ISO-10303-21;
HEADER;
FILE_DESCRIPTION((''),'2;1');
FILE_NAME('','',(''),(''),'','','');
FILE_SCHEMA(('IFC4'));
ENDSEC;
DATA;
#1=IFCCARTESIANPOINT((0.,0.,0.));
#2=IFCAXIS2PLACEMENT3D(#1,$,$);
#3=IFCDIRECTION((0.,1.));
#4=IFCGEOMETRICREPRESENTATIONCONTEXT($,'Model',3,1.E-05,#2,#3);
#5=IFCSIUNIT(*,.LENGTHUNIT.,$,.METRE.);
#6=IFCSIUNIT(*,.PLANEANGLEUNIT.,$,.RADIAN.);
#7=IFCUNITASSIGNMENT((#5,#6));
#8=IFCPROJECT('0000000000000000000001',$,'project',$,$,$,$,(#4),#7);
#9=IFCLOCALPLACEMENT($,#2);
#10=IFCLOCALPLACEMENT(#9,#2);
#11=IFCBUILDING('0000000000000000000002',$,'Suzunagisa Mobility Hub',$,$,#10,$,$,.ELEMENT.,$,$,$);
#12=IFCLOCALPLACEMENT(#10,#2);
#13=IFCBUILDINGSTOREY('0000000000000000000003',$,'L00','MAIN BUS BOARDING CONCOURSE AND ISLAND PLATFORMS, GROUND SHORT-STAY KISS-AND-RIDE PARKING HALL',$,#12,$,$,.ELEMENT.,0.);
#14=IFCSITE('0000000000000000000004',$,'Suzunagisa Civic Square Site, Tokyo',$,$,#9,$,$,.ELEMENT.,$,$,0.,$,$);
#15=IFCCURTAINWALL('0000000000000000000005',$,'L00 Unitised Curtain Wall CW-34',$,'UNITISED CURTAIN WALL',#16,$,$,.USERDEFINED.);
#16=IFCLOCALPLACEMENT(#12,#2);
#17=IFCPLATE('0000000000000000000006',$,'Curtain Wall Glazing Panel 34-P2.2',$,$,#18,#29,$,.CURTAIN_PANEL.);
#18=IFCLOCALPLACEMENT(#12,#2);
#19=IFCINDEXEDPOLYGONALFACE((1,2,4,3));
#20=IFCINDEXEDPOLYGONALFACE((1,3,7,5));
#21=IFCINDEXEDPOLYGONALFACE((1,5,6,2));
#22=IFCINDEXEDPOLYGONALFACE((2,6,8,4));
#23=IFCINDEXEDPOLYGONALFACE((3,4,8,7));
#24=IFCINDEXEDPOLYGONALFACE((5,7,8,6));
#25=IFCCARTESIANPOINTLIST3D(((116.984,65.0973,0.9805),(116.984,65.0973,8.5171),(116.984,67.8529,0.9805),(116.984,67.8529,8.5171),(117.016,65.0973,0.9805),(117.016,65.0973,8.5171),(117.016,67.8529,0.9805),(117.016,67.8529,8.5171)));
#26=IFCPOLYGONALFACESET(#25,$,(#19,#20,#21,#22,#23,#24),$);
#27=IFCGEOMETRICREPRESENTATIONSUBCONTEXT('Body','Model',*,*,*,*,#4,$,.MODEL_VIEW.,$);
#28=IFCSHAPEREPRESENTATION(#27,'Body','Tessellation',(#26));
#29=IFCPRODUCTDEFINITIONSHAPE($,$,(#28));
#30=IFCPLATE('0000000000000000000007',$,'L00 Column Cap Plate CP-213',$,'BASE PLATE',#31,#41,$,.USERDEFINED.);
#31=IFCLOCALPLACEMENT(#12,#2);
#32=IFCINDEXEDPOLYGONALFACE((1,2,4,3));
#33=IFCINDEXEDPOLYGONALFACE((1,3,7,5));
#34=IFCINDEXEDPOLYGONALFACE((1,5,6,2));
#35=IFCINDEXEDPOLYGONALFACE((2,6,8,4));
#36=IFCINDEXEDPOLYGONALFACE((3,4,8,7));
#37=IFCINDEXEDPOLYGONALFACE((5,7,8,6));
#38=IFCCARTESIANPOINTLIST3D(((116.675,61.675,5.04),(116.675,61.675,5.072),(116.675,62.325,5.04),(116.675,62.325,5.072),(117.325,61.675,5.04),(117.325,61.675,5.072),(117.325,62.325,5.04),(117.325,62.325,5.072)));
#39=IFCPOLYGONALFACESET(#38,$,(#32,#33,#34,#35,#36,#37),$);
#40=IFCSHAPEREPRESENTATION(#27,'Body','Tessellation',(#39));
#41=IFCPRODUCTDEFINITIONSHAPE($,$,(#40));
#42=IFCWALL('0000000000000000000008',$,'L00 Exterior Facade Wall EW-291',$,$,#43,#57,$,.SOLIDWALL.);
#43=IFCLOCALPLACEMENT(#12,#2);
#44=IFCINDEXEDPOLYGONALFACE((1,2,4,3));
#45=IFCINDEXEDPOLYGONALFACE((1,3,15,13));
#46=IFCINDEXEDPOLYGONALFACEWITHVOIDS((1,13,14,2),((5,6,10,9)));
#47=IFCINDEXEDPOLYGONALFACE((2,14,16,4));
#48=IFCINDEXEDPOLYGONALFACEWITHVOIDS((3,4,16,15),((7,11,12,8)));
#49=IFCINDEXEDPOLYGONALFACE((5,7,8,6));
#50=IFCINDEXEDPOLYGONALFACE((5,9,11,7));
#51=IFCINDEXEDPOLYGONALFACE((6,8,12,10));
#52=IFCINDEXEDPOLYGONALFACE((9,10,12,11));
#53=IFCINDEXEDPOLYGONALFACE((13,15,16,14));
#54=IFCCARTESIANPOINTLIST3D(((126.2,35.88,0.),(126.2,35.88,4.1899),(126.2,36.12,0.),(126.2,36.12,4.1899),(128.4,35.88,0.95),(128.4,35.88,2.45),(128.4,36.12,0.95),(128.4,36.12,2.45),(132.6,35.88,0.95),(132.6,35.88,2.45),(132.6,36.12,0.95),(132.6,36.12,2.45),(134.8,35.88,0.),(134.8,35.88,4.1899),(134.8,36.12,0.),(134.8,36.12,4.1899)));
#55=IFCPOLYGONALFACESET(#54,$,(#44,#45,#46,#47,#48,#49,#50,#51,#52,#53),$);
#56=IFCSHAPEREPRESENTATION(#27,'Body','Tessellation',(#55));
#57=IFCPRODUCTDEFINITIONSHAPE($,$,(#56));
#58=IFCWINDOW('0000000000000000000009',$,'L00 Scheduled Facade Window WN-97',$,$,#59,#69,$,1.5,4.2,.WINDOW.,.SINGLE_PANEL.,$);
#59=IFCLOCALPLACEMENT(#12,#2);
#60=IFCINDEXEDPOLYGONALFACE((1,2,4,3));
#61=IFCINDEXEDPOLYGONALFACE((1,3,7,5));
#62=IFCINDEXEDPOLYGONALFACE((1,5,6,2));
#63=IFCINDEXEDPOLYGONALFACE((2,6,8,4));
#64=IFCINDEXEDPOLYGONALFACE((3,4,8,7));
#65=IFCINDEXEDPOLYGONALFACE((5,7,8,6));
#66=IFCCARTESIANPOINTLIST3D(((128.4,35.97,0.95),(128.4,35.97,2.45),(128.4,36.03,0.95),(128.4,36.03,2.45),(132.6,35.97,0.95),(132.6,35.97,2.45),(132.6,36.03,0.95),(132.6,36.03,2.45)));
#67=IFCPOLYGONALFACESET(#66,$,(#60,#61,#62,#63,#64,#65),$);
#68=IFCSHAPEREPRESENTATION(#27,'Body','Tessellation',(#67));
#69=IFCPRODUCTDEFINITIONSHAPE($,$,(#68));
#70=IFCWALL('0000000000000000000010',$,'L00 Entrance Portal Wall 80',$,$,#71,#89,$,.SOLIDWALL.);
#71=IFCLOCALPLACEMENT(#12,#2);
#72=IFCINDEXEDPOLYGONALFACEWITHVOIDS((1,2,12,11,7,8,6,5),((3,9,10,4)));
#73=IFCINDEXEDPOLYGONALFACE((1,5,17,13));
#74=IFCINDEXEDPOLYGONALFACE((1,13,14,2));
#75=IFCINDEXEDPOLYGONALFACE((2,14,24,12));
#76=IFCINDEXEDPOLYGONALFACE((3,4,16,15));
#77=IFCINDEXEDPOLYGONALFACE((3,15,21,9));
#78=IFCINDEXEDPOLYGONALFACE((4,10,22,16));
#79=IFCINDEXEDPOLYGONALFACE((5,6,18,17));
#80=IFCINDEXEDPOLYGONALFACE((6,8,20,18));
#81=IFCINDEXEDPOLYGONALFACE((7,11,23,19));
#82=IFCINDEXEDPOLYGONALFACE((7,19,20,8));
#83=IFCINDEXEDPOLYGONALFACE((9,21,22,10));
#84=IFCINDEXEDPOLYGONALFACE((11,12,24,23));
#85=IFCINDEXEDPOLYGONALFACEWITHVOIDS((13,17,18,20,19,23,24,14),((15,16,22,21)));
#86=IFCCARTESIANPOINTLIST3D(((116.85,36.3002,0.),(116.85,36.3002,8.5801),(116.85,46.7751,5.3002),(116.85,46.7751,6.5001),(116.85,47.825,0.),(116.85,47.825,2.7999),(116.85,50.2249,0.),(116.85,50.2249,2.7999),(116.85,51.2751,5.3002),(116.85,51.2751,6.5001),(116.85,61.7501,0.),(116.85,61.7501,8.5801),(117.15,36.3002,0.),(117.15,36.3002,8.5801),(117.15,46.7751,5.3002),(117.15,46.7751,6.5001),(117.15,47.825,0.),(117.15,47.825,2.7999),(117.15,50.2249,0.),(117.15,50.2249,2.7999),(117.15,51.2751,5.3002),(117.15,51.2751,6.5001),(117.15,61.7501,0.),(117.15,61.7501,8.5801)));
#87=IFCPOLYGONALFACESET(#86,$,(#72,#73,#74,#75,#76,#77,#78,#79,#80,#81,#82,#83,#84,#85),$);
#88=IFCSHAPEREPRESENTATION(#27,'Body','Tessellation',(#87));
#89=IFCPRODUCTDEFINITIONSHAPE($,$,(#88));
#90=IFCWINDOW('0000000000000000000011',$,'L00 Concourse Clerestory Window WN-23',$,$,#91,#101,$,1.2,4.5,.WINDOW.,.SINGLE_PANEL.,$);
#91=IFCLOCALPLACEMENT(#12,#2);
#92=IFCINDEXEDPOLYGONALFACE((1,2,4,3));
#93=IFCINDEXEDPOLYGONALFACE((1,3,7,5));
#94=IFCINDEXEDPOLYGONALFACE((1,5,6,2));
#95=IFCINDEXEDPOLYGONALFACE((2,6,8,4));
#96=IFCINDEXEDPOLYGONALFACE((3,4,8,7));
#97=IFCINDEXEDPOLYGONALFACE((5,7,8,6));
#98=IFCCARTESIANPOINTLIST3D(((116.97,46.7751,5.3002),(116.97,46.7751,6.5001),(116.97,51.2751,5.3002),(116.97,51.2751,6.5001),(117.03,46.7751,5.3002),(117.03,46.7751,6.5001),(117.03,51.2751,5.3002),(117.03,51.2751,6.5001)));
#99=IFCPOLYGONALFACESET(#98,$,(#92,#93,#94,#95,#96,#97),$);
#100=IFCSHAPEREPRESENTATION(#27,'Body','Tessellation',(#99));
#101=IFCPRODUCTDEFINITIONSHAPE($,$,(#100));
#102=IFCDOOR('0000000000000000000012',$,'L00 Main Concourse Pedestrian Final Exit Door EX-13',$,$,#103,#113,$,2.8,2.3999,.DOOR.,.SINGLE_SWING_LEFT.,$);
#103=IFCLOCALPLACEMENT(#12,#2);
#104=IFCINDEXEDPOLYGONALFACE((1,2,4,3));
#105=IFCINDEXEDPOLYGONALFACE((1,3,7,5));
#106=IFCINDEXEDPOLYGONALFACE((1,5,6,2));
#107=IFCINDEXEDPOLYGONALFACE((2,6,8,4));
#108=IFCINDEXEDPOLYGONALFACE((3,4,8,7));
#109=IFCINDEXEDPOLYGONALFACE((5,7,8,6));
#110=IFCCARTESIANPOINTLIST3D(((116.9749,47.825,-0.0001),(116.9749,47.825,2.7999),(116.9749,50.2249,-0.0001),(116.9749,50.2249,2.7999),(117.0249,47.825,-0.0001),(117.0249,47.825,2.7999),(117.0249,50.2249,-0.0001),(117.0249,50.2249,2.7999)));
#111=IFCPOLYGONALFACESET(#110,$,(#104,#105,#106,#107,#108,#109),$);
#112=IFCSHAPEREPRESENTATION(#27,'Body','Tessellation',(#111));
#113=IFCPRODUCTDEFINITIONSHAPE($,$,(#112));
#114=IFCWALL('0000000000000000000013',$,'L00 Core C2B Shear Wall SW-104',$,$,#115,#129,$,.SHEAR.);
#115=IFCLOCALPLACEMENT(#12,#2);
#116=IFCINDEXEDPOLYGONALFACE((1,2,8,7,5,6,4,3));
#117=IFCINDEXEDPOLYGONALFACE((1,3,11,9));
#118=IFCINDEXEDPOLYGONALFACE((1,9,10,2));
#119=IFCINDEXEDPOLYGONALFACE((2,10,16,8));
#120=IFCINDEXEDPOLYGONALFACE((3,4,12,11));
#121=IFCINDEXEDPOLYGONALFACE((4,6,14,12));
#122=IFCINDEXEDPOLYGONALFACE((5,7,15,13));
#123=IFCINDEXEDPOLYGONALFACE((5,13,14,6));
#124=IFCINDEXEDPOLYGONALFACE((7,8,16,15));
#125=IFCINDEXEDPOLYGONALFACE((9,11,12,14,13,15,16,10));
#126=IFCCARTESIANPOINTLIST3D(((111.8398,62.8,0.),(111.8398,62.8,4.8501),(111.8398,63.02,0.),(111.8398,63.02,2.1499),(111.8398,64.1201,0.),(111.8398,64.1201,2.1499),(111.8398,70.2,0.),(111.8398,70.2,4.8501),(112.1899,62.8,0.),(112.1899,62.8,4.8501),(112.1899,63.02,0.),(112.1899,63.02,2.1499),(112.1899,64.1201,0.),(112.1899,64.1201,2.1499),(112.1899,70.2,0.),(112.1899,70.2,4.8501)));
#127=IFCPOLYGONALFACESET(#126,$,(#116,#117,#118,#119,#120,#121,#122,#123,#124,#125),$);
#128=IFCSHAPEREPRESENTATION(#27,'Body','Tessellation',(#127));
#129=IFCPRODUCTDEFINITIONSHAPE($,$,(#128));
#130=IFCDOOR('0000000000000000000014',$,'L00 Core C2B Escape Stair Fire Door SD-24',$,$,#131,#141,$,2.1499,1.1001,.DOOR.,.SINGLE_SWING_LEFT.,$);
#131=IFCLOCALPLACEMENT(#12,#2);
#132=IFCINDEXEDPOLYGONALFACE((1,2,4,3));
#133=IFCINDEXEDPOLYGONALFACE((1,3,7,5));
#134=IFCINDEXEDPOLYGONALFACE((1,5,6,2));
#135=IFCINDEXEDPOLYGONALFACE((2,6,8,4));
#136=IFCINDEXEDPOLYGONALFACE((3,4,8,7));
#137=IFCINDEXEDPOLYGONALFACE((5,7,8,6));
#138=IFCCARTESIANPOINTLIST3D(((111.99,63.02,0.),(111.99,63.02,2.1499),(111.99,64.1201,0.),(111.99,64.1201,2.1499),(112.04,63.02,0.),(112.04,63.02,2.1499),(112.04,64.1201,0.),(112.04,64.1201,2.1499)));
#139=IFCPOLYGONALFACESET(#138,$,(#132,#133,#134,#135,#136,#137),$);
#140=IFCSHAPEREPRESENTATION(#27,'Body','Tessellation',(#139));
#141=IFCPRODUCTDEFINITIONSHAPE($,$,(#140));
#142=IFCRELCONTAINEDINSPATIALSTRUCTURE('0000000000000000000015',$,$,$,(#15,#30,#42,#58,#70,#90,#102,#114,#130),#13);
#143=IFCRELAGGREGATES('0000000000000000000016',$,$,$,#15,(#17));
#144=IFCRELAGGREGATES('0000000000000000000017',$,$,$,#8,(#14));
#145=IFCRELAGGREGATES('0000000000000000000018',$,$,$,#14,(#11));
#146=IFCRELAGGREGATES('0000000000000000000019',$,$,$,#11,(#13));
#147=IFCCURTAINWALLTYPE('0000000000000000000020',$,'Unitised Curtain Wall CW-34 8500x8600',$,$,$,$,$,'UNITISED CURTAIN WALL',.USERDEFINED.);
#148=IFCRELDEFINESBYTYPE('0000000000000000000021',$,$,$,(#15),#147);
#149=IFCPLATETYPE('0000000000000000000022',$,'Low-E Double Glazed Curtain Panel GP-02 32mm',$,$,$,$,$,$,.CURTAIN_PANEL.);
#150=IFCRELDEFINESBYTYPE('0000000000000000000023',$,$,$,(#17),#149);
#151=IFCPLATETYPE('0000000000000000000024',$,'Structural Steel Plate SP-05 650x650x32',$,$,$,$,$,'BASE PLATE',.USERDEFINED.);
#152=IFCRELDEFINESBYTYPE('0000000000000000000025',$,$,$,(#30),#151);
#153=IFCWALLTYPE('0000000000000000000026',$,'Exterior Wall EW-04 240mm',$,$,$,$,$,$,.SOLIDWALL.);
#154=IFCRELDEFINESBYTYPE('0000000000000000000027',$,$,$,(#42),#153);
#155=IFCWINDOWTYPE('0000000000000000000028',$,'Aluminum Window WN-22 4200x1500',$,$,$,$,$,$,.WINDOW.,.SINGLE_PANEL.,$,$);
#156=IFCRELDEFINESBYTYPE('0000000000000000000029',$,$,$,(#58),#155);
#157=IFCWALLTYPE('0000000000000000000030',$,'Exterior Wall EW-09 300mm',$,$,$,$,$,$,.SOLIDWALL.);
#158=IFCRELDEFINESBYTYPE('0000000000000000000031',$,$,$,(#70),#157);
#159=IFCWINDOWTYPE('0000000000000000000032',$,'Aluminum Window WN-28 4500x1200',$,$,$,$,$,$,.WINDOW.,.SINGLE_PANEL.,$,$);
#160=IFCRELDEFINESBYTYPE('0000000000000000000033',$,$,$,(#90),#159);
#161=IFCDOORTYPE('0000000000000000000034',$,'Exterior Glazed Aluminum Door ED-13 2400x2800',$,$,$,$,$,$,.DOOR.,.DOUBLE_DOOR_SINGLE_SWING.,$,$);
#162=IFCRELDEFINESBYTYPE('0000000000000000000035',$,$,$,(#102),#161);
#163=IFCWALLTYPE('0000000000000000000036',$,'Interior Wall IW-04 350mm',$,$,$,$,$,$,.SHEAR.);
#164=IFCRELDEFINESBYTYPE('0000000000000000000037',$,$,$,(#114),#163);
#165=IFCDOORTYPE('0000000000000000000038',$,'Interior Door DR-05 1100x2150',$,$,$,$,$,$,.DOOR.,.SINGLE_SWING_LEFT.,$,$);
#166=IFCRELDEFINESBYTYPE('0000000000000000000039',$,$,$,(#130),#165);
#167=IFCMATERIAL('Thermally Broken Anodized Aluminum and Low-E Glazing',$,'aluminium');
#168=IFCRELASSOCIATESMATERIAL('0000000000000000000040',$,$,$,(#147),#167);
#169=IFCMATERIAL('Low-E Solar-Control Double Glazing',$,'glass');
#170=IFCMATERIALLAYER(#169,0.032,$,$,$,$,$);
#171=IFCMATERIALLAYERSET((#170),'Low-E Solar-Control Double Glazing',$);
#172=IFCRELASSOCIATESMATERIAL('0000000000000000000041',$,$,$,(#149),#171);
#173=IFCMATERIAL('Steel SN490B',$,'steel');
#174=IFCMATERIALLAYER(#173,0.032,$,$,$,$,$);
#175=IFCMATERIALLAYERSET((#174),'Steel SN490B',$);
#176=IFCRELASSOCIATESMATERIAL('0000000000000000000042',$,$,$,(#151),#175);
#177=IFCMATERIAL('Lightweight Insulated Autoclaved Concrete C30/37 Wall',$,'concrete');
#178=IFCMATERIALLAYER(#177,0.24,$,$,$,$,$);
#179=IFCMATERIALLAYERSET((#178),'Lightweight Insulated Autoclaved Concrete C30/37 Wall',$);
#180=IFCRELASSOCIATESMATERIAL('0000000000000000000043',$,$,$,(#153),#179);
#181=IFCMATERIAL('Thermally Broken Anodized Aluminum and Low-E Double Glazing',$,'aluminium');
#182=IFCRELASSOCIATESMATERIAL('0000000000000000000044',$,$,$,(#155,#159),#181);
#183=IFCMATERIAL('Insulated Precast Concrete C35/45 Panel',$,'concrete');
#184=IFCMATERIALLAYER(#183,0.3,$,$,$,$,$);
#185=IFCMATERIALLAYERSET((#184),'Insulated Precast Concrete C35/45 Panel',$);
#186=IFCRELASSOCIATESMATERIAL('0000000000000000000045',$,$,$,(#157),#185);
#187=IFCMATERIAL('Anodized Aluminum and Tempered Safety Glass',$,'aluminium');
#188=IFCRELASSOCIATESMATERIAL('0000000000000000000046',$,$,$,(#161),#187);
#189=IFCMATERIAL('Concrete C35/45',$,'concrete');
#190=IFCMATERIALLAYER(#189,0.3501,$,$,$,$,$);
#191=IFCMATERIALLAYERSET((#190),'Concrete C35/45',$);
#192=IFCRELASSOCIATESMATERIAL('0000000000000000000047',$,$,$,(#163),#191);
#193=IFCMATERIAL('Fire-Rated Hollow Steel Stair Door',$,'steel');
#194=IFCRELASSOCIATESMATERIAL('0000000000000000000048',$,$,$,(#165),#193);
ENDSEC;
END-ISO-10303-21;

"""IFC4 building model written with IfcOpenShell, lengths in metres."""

from ifc_helpers import new_model, si_unit, direction, frame, frame_2d, origin, origin_2d, place, context, subcontext, project, spatial, rectangle, extrude, material, layer, layer_set, type_object, element, fill, aggregate, save


model = new_model("IFC4")

# Units and contexts
model_context = context("Model", 3, precision=1e-05, world=origin(), true_north=direction((0.0, 1.0)))
body_context = subcontext(model_context, "Body", "Model", "MODEL_VIEW")
ifc_project = project(units=[si_unit("LENGTHUNIT", "METRE"), si_unit("PLANEANGLEUNIT", "RADIAN")], contexts=[model_context])

# Site, building, storey
site_placement = place(None, origin())
site = spatial("IfcSite", under=ifc_project, at=site_placement, Name="Suzunagisa Civic Square Site, Tokyo", CompositionType="ELEMENT", RefElevation=0.0)
building_placement = place(site_placement, origin())
building = spatial("IfcBuilding", under=site, at=building_placement, Name="Suzunagisa Mobility Hub", CompositionType="ELEMENT")
storey_placement = place(building_placement, origin())
storey = spatial("IfcBuildingStorey", under=building, at=storey_placement, Name="L00", Description="MAIN BUS BOARDING CONCOURSE AND ISLAND PLATFORMS, GROUND SHORT-STAY KISS-AND-RIDE PARKING HALL", CompositionType="ELEMENT", Elevation=0.0)

# Shared definitions
ifc_material_1 = material(Name="Steel SN490B", Category="steel")

# Curtain wall, plate
ifc_material_2 = material(Name="Thermally Broken Anodized Aluminum and Low-E Glazing", Category="aluminium")
curtain_wall_type = type_object("IfcCurtainWallType", Name="Unitised Curtain Wall CW-34 8500x8600", ElementType="UNITISED CURTAIN WALL", PredefinedType="USERDEFINED", material=ifc_material_2)
curtain_wall_placement = place(storey_placement, origin())
curtain_wall = element("IfcCurtainWall", 1, at=curtain_wall_placement, inside=storey, type_object=curtain_wall_type, Name="L00 Unitised Curtain Wall CW-34", ObjectType="UNITISED CURTAIN WALL", PredefinedType="USERDEFINED")
ifc_material_3 = material(Name="Low-E Solar-Control Double Glazing", Category="glass")
ifc_layer_1 = layer(ifc_material_3, 0.032)
ifc_layer_set_1 = layer_set([ifc_layer_1], Name="Low-E Solar-Control Double Glazing")
plate_type_1 = type_object("IfcPlateType", Name="Low-E Double Glazed Curtain Panel GP-02 32mm", PredefinedType="CURTAIN_PANEL", material=ifc_layer_set_1)
plate_1_placement = place(storey_placement, frame((117.0, 66.4751, 0.9805), z_axis=(0.0, 0.0, 1.0), x_axis=(0.0, 1.0, 0.0)))
plate_1 = element("IfcPlate", 2, at=plate_1_placement, type_object=plate_type_1, Name="Curtain Wall Glazing Panel 34-P2.2", PredefinedType="CURTAIN_PANEL", context=body_context, shape_type="SweptSolid", body=[
    extrude(rectangle(XDim=2.7556, YDim=0.032, at=origin_2d()), origin(), (0.0, 0.0, 1.0), 7.5366),
])
aggregate(curtain_wall, [plate_1])

# Plate
ifc_layer_2 = layer(ifc_material_1, 0.032)
ifc_layer_set_2 = layer_set([ifc_layer_2], Name="Steel SN490B")
plate_type_2 = type_object("IfcPlateType", Name="Structural Steel Plate SP-05 650x650x32", ElementType="BASE PLATE", PredefinedType="USERDEFINED", material=ifc_layer_set_2)
plate_2_placement = place(storey_placement, frame((117.0, 62.0, 5.04), z_axis=(0.0, 0.0, 1.0), x_axis=(1.0, 0.0, 0.0)))
element("IfcPlate", 3, at=plate_2_placement, inside=storey, type_object=plate_type_2, Name="L00 Column Cap Plate CP-213", ObjectType="BASE PLATE", PredefinedType="USERDEFINED", context=body_context, shape_type="SweptSolid", body=[
    extrude(rectangle(XDim=0.6499, YDim=0.6499, at=origin_2d()), origin(), (0.0, 0.0, 1.0), 0.032),
])

# Wall, opening, window
ifc_material_4 = material(Name="Lightweight Insulated Autoclaved Concrete C30/37 Wall", Category="concrete")
ifc_layer_3 = layer(ifc_material_4, 0.24)
ifc_layer_set_3 = layer_set([ifc_layer_3], Name="Lightweight Insulated Autoclaved Concrete C30/37 Wall")
wall_type_1 = type_object("IfcWallType", Name="Exterior Wall EW-04 240mm", PredefinedType="SOLIDWALL", material=ifc_layer_set_3)
wall_1_placement = place(storey_placement, frame((134.8, 36.0, 0.0), z_axis=(0.0, 0.0, 1.0), x_axis=(-1.0, 0.0, 0.0)))
wall_1 = element("IfcWall", 4, at=wall_1_placement, inside=storey, type_object=wall_type_1, Name="L00 Exterior Facade Wall EW-291", PredefinedType="SOLIDWALL", context=body_context, shape_type="SweptSolid", body=[
    extrude(rectangle(XDim=8.6001, YDim=0.24, at=frame_2d((4.3, 0.0))), origin(), (0.0, 0.0, 1.0), 4.1899),
])
opening_1_placement = place(wall_1_placement, frame((2.2, 0.0, 0.95)))
opening_1 = element("IfcOpeningElement", 5, at=opening_1_placement, cuts=wall_1, PredefinedType="OPENING", context=body_context, shape_type="SweptSolid", body=[
    extrude(rectangle(XDim=4.2, YDim=1.5, at=frame_2d((2.1001, 0.75))), frame((0.0, 0.1309, 0.0), z_axis=(0.0, -1.0, 0.0), x_axis=(1.0, 0.0, 0.0)), (0.0, 0.0, 1.0), 0.262),
])
ifc_material_5 = material(Name="Thermally Broken Anodized Aluminum and Low-E Double Glazing", Category="aluminium")
window_type_1 = type_object("IfcWindowType", Name="Aluminum Window WN-22 4200x1500", PartitioningType="SINGLE_PANEL", PredefinedType="WINDOW", material=ifc_material_5)
window_1_placement = place(opening_1_placement, origin())
window_1 = element("IfcWindow", 6, at=window_1_placement, inside=storey, type_object=window_type_1, Name="L00 Scheduled Facade Window WN-97", OverallHeight=1.5, OverallWidth=4.2, PartitioningType="SINGLE_PANEL", PredefinedType="WINDOW", context=body_context, shape_type="SweptSolid", body=[
    extrude(rectangle(XDim=4.2, YDim=1.5, at=frame_2d((2.1001, 0.75))), frame((0.0, 0.03, 0.0), z_axis=(0.0, -1.0, 0.0), x_axis=(1.0, 0.0, 0.0)), (0.0, 0.0, 1.0), 0.0601),
])
fill(opening_1, window_1)

# Wall, openings, window, door
ifc_material_6 = material(Name="Insulated Precast Concrete C35/45 Panel", Category="concrete")
ifc_layer_4 = layer(ifc_material_6, 0.3)
ifc_layer_set_4 = layer_set([ifc_layer_4], Name="Insulated Precast Concrete C35/45 Panel")
wall_type_2 = type_object("IfcWallType", Name="Exterior Wall EW-09 300mm", PredefinedType="SOLIDWALL", material=ifc_layer_set_4)
wall_2_placement = place(storey_placement, frame((117.0, 36.3, 0.0), z_axis=(0.0, 0.0, 1.0), x_axis=(0.0, 1.0, 0.0)))
wall_2 = element("IfcWall", 7, at=wall_2_placement, inside=storey, type_object=wall_type_2, Name="L00 Entrance Portal Wall 80", PredefinedType="SOLIDWALL", context=body_context, shape_type="SweptSolid", body=[
    extrude(rectangle(XDim=25.45, YDim=0.3, at=frame_2d((12.7251, 0.0))), origin(), (0.0, 0.0, 1.0), 8.5801),
])
opening_2_placement = place(wall_2_placement, frame((13.9248, 0.0, 0.0), z_axis=(0.0, 0.0, 1.0), x_axis=(-1.0, 0.0, 0.0)))
opening_2 = element("IfcOpeningElement", 8, at=opening_2_placement, cuts=wall_2, PredefinedType="OPENING", context=body_context, shape_type="SweptSolid", body=[
    extrude(rectangle(XDim=2.3999, YDim=2.8, at=frame_2d((1.2, 1.3999))), frame((0.0, 0.1611, 0.0), z_axis=(0.0, -1.0, 0.0), x_axis=(1.0, 0.0, 0.0)), (0.0, 0.0, 1.0), 0.322),
])
opening_3_placement = place(wall_2_placement, frame((10.4751, 0.0, 5.3)))
opening_3 = element("IfcOpeningElement", 9, at=opening_3_placement, cuts=wall_2, PredefinedType="OPENING", context=body_context, shape_type="SweptSolid", body=[
    extrude(rectangle(XDim=4.5, YDim=1.2, at=frame_2d((2.25, 0.6001))), frame((0.0, 0.1611, 0.0), z_axis=(0.0, -1.0, 0.0), x_axis=(1.0, 0.0, 0.0)), (0.0, 0.0, 1.0), 0.322),
])
window_type_2 = type_object("IfcWindowType", Name="Aluminum Window WN-28 4500x1200", PartitioningType="SINGLE_PANEL", PredefinedType="WINDOW", material=ifc_material_5)
window_2_placement = place(opening_3_placement, origin())
window_2 = element("IfcWindow", 10, at=window_2_placement, inside=storey, type_object=window_type_2, Name="L00 Concourse Clerestory Window WN-23", OverallHeight=1.2, OverallWidth=4.5, PartitioningType="SINGLE_PANEL", PredefinedType="WINDOW", context=body_context, shape_type="SweptSolid", body=[
    extrude(rectangle(XDim=4.5, YDim=1.2, at=frame_2d((2.25, 0.6001))), frame((0.0, 0.03, 0.0), z_axis=(0.0, -1.0, 0.0), x_axis=(1.0, 0.0, 0.0)), (0.0, 0.0, 1.0), 0.0601),
])
fill(opening_3, window_2)
ifc_material_7 = material(Name="Anodized Aluminum and Tempered Safety Glass", Category="aluminium")
door_type_1 = type_object("IfcDoorType", Name="Exterior Glazed Aluminum Door ED-13 2400x2800", OperationType="DOUBLE_DOOR_SINGLE_SWING", PredefinedType="DOOR", material=ifc_material_7)
door_1_placement = place(opening_2_placement, origin())
door_1 = element("IfcDoor", 11, at=door_1_placement, inside=storey, type_object=door_type_1, Name="L00 Main Concourse Pedestrian Final Exit Door EX-13", OperationType="SINGLE_SWING_LEFT", OverallHeight=2.8, OverallWidth=2.3999, PredefinedType="DOOR", context=body_context, shape_type="SweptSolid", body=[
    extrude(rectangle(XDim=2.3999, YDim=2.8, at=frame_2d((1.2, 1.3999))), frame((0.0, 0.0249, 0.0), z_axis=(0.0, -1.0, 0.0), x_axis=(1.0, 0.0, 0.0)), (0.0, 0.0, 1.0), 0.05),
])
fill(opening_2, door_1)

# Wall, opening, door
ifc_material_8 = material(Name="Concrete C35/45", Category="concrete")
ifc_layer_5 = layer(ifc_material_8, 0.3501)
ifc_layer_set_5 = layer_set([ifc_layer_5], Name="Concrete C35/45")
wall_type_3 = type_object("IfcWallType", Name="Interior Wall IW-04 350mm", PredefinedType="SHEAR", material=ifc_layer_set_5)
wall_3_placement = place(storey_placement, frame((112.0149, 62.8, 0.0), z_axis=(0.0, 0.0, 1.0), x_axis=(0.0, 1.0, 0.0)))
wall_3 = element("IfcWall", 12, at=wall_3_placement, inside=storey, type_object=wall_type_3, Name="L00 Core C2B Shear Wall SW-104", PredefinedType="SHEAR", context=body_context, shape_type="SweptSolid", body=[
    extrude(rectangle(XDim=7.3999, YDim=0.3501, at=frame_2d((3.7, 0.0))), origin(), (0.0, 0.0, 1.0), 4.8501),
])
opening_4_placement = place(wall_3_placement, frame((0.22, 0.0, 0.0)))
opening_4 = element("IfcOpeningElement", 13, at=opening_4_placement, cuts=wall_3, PredefinedType="OPENING", context=body_context, shape_type="SweptSolid", body=[
    extrude(rectangle(XDim=1.1001, YDim=2.1499, at=frame_2d((0.55, 1.075))), frame((0.0, 0.186, 0.0), z_axis=(0.0, -1.0, 0.0), x_axis=(1.0, 0.0, 0.0)), (0.0, 0.0, 1.0), 0.3721),
])
ifc_material_9 = material(Name="Fire-Rated Hollow Steel Stair Door", Category="steel")
door_type_2 = type_object("IfcDoorType", Name="Interior Door DR-05 1100x2150", OperationType="SINGLE_SWING_LEFT", PredefinedType="DOOR", material=ifc_material_9)
door_2_placement = place(opening_4_placement, origin())
door_2 = element("IfcDoor", 14, at=door_2_placement, inside=storey, type_object=door_type_2, Name="L00 Core C2B Escape Stair Fire Door SD-24", OperationType="SINGLE_SWING_LEFT", OverallHeight=2.1499, OverallWidth=1.1001, PredefinedType="DOOR", context=body_context, shape_type="SweptSolid", body=[
    extrude(rectangle(XDim=1.1001, YDim=2.1499, at=frame_2d((0.55, 1.075))), frame((0.0, 0.0249, 0.0), z_axis=(0.0, -1.0, 0.0), x_axis=(1.0, 0.0, 0.0)), (0.0, 0.0, 1.0), 0.05),
])
fill(opening_4, door_2)

save(model, "model.ifc")
